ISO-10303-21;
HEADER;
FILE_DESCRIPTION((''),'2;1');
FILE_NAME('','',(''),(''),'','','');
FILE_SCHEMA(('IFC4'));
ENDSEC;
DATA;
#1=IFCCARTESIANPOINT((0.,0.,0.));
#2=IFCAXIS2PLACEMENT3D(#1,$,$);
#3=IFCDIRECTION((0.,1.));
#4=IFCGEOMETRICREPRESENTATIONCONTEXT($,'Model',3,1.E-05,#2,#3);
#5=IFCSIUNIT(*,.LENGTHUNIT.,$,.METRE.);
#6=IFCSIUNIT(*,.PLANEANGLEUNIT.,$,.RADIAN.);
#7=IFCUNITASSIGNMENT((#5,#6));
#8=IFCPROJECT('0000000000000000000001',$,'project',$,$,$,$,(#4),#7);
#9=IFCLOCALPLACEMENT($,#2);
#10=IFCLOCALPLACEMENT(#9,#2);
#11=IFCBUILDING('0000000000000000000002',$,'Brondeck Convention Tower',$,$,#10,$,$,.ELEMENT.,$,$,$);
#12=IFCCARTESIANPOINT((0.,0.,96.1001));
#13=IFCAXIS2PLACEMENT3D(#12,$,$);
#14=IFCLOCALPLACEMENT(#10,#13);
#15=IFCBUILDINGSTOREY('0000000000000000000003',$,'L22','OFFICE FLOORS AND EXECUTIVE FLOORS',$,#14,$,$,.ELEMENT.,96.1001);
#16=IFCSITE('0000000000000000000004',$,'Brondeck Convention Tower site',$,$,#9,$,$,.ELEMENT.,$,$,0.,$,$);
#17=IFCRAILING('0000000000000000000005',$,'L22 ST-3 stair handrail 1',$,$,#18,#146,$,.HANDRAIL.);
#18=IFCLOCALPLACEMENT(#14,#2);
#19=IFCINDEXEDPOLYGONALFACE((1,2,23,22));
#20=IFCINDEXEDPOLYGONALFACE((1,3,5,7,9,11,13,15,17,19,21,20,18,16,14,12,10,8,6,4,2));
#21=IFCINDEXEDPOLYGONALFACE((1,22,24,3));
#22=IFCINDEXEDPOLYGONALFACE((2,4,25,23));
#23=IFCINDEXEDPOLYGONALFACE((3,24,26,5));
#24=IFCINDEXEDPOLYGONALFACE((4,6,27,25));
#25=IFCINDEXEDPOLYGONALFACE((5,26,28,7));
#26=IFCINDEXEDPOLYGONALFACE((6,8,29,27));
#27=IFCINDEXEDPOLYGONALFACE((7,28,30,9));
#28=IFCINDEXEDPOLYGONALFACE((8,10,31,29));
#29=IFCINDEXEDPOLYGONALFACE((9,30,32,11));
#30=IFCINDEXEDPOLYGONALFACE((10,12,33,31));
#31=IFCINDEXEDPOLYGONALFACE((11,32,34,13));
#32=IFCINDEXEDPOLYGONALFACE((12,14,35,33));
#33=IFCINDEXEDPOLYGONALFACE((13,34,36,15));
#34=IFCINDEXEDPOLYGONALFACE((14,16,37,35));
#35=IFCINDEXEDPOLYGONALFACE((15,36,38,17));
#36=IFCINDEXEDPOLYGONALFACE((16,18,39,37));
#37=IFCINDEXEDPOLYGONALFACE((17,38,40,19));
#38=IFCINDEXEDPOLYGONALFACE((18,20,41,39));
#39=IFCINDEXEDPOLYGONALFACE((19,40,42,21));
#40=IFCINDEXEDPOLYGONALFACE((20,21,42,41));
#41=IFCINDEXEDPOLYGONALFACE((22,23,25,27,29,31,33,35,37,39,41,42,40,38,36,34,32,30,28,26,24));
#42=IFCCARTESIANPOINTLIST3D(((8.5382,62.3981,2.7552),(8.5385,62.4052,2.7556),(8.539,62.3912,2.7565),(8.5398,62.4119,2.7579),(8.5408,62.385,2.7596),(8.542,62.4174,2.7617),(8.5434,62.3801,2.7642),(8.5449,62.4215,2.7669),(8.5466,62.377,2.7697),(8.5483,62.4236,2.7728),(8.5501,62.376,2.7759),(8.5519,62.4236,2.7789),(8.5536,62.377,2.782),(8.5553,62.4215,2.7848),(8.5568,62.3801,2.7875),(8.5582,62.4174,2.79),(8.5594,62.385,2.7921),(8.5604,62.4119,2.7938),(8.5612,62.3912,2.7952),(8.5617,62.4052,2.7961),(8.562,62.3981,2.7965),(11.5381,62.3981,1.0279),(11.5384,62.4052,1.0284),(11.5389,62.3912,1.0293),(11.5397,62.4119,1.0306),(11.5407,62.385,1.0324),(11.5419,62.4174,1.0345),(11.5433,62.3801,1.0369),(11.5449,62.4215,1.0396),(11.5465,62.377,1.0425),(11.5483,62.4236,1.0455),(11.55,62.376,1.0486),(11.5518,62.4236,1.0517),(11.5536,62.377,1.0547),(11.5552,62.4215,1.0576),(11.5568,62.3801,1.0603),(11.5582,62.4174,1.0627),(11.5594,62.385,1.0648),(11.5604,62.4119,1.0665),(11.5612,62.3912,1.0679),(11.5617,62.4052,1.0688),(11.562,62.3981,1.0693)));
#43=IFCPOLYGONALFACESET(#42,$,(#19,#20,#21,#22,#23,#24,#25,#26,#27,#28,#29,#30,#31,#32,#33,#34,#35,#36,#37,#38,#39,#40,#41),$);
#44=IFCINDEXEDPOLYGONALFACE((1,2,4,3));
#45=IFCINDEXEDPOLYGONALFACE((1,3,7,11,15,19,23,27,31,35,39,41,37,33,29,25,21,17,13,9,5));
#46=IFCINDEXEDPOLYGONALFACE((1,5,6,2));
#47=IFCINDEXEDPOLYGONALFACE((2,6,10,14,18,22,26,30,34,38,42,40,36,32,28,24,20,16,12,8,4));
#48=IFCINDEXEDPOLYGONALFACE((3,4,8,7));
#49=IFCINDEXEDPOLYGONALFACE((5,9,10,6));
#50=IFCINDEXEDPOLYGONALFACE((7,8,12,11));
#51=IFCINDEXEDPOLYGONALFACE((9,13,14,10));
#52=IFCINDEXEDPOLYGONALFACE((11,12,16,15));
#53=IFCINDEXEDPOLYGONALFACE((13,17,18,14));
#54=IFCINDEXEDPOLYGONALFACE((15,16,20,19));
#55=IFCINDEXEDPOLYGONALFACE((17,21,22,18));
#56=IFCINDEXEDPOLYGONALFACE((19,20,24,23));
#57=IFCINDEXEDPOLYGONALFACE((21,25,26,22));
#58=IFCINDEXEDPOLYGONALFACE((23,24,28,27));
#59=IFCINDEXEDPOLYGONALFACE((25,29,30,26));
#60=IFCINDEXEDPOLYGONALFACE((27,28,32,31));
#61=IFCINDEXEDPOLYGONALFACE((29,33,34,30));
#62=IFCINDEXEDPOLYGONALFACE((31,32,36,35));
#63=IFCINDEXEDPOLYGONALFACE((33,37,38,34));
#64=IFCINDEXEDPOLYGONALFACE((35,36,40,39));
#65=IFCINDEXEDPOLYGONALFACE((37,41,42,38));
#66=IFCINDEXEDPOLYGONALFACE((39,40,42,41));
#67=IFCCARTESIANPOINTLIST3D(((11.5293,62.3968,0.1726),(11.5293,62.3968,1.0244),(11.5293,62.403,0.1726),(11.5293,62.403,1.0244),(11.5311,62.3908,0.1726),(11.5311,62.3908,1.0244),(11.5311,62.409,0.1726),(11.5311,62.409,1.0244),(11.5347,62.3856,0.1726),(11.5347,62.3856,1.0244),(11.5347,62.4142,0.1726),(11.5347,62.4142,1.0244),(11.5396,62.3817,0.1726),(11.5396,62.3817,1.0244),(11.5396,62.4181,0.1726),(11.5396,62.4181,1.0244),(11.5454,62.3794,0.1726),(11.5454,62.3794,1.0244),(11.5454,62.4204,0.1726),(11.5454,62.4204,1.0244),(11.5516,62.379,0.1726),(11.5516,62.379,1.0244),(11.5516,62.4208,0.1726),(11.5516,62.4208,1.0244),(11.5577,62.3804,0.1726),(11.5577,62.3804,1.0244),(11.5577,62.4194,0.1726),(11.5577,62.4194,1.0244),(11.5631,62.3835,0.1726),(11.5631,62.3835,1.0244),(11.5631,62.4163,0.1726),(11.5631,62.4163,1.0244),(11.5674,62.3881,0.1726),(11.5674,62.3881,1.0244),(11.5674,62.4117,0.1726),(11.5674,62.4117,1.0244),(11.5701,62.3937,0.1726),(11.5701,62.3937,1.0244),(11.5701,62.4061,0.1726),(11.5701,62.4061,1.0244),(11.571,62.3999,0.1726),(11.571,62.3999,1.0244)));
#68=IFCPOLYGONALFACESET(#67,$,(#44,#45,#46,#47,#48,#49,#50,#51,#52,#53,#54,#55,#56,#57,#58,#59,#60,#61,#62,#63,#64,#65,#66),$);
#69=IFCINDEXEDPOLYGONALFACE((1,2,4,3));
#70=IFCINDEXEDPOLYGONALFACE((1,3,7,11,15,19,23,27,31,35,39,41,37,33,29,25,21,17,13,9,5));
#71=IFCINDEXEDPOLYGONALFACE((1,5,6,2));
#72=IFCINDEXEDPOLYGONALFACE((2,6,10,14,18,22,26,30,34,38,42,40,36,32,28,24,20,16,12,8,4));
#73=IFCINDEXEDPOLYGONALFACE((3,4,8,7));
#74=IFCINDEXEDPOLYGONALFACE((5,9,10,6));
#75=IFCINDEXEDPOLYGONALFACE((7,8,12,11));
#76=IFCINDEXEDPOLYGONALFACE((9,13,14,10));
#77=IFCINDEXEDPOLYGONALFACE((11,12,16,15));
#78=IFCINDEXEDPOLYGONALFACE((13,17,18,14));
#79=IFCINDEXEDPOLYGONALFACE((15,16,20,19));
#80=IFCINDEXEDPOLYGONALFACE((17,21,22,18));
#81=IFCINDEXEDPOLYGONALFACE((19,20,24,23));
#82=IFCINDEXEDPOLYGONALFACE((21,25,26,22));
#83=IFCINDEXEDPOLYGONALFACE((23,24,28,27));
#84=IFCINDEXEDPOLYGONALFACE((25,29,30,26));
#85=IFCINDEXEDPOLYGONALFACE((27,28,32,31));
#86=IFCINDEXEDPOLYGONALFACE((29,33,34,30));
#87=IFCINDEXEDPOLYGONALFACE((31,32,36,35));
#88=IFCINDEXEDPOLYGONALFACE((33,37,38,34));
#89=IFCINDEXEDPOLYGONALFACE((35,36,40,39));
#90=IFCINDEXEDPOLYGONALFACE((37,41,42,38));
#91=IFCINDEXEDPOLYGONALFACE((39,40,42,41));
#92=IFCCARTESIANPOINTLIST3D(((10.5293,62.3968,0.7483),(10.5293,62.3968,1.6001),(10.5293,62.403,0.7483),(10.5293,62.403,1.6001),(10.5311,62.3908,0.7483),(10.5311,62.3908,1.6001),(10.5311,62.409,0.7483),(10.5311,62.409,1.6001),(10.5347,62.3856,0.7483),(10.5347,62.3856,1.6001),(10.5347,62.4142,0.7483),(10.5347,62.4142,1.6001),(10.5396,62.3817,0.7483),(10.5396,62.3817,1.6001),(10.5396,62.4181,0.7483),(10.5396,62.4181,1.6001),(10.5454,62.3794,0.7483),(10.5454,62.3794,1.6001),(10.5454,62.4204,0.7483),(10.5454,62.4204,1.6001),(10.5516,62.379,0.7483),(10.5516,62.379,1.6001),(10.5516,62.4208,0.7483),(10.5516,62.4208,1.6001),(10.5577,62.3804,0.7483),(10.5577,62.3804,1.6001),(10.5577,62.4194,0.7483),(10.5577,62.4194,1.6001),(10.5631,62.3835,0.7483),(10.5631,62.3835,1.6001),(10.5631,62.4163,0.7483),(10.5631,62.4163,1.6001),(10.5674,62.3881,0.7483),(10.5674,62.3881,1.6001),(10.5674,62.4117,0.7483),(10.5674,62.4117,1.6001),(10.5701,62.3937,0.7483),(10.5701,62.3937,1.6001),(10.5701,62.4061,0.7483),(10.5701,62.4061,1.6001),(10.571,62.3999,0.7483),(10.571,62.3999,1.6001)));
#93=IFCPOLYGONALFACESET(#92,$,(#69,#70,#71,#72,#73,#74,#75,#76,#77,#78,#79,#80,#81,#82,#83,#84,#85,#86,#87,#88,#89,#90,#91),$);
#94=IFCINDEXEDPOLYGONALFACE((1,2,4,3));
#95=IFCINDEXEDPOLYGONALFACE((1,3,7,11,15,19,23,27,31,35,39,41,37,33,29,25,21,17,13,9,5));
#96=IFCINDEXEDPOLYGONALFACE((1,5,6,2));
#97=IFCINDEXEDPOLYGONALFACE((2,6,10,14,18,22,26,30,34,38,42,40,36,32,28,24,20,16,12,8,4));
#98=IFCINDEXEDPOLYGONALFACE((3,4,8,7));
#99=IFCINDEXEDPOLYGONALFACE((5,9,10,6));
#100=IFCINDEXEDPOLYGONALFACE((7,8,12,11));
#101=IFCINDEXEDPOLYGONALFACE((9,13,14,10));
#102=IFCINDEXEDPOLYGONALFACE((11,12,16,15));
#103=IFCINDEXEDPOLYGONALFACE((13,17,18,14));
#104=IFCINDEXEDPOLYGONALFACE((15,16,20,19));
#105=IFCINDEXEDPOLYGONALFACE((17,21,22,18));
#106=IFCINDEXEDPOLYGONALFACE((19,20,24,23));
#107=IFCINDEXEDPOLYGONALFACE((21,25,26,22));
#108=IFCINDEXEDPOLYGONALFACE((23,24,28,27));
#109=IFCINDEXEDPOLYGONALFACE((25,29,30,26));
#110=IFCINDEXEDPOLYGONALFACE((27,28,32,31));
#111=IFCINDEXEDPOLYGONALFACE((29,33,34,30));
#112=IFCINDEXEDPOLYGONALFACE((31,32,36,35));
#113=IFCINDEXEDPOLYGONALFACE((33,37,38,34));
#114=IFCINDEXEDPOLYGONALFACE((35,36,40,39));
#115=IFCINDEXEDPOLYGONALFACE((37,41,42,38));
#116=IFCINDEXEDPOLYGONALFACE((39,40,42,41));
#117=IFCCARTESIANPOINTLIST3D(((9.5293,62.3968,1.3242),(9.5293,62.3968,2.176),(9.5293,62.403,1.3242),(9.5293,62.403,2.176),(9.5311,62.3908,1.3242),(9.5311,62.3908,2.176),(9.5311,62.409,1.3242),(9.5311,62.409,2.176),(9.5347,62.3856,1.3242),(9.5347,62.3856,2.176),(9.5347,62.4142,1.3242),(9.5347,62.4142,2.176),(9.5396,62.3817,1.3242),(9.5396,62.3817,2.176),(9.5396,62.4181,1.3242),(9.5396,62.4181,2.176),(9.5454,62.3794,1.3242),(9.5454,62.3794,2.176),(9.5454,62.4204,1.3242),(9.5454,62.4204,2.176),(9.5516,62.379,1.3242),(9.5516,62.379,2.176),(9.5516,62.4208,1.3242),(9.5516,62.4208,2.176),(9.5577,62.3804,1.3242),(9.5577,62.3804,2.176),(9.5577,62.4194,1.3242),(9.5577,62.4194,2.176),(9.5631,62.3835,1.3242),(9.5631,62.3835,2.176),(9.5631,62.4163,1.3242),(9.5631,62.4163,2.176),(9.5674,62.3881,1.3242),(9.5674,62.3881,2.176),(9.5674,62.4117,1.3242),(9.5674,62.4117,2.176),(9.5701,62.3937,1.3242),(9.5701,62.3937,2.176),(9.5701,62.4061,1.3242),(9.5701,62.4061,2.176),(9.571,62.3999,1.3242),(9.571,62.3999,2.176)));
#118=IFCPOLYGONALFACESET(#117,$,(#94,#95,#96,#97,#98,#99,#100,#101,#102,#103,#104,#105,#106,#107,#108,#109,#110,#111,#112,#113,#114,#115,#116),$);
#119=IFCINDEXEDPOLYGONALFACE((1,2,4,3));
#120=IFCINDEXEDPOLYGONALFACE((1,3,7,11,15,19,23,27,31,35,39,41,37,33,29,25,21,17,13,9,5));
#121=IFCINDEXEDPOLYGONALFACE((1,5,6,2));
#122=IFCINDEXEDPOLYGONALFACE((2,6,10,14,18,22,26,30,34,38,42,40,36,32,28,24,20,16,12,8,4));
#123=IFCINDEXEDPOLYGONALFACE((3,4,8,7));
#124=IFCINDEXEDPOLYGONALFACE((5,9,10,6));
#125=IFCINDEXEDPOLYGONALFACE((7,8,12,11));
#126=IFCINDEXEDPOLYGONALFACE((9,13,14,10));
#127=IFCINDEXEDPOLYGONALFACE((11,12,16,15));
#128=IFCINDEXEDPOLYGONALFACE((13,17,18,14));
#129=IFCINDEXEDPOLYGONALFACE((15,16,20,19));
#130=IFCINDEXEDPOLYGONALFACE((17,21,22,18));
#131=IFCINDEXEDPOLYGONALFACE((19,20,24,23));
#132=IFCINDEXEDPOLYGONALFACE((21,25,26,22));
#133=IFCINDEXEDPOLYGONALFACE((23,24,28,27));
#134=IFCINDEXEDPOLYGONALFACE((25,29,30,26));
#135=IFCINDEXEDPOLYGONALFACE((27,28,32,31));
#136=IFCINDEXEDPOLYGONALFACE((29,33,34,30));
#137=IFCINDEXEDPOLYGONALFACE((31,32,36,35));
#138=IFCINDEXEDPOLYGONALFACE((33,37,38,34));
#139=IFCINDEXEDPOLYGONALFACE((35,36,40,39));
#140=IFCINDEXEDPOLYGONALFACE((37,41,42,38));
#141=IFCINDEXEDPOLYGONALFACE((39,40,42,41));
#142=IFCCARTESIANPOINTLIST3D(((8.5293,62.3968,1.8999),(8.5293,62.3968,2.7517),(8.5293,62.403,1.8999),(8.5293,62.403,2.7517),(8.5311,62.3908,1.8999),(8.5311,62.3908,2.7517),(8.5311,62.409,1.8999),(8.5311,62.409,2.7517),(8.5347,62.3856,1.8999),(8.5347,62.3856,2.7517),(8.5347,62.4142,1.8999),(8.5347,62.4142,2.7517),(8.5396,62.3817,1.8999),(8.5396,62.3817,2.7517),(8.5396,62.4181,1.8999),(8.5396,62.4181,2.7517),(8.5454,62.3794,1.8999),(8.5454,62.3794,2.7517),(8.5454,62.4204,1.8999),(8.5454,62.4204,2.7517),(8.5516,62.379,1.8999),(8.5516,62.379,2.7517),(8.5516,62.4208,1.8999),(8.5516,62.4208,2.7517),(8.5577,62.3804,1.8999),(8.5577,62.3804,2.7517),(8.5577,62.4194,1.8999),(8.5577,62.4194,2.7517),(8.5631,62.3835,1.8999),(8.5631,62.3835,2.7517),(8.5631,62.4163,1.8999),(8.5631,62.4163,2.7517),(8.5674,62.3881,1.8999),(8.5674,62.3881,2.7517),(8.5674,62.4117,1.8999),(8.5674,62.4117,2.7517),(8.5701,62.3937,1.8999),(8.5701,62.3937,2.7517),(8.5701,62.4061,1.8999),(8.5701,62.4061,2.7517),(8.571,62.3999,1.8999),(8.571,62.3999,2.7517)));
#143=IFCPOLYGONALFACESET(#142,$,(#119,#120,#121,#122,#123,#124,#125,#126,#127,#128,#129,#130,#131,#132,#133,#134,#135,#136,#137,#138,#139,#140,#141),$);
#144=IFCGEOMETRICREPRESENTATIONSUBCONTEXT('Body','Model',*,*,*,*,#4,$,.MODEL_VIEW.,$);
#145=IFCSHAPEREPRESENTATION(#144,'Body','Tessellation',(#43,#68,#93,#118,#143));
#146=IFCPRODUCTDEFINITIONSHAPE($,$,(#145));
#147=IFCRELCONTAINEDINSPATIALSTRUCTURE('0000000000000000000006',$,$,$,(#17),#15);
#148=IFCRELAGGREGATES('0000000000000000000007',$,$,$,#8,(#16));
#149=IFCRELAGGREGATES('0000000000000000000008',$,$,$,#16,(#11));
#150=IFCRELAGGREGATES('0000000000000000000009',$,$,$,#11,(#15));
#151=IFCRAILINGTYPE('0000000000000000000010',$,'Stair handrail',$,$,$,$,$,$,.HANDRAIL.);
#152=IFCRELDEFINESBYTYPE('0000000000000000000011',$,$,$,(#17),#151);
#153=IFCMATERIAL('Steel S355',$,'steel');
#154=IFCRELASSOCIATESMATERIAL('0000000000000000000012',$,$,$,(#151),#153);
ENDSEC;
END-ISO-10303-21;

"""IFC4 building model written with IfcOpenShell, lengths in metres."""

from ifc_helpers import new_model, si_unit, direction, frame, origin, origin_2d, place, context, subcontext, project, spatial, circle, extrude, material, type_object, element, save


model = new_model("IFC4")

# Units and contexts
model_context = context("Model", 3, precision=1e-05, world=origin(), true_north=direction((0.0, 1.0)))
body_context = subcontext(model_context, "Body", "Model", "MODEL_VIEW")
ifc_project = project(units=[si_unit("LENGTHUNIT", "METRE"), si_unit("PLANEANGLEUNIT", "RADIAN")], contexts=[model_context])

# Site, building, storey
site_placement = place(None, origin())
site = spatial("IfcSite", under=ifc_project, at=site_placement, Name="Brondeck Convention Tower site", CompositionType="ELEMENT", RefElevation=0.0)
building_placement = place(site_placement, origin())
building = spatial("IfcBuilding", under=site, at=building_placement, Name="Brondeck Convention Tower", CompositionType="ELEMENT")
storey_placement = place(building_placement, frame((0.0, 0.0, 96.1001)))
storey = spatial("IfcBuildingStorey", under=building, at=storey_placement, Name="L22", Description="OFFICE FLOORS AND EXECUTIVE FLOORS", CompositionType="ELEMENT", Elevation=96.1001)

# Railing
ifc_material_1 = material(Name="Steel S355", Category="steel")
railing_type_1 = type_object("IfcRailingType", Name="Stair handrail", PredefinedType="HANDRAIL", material=ifc_material_1)
railing_1_placement = place(storey_placement, frame((11.55, 62.3999, 0.1726)))
element("IfcRailing", 1, at=railing_1_placement, inside=storey, type_object=railing_type_1, Name="L22 ST-3 stair handrail 1", PredefinedType="HANDRAIL", context=body_context, shape_type="SweptSolid", body=[
    extrude(circle(Radius=0.0239, at=origin_2d()), frame((0.0, 0.0, 0.876), z_axis=(-0.86662, 0.0, 0.498969), x_axis=(0.0, -1.0, 0.0)), (0.0, 0.0, 1.0), 3.4617),
    extrude(circle(Radius=0.021, at=origin_2d()), origin(), (0.0, 0.0, 1.0), 0.8518),
    extrude(circle(Radius=0.021, at=origin_2d()), frame((-1.0, 0.0, 0.5757)), (0.0, 0.0, 1.0), 0.8518),
    extrude(circle(Radius=0.021, at=origin_2d()), frame((-2.0, 0.0, 1.1516)), (0.0, 0.0, 1.0), 0.8518),
    extrude(circle(Radius=0.021, at=origin_2d()), frame((-3.0, 0.0, 1.7273)), (0.0, 0.0, 1.0), 0.8518),
])

save(model, "model.ifc")
